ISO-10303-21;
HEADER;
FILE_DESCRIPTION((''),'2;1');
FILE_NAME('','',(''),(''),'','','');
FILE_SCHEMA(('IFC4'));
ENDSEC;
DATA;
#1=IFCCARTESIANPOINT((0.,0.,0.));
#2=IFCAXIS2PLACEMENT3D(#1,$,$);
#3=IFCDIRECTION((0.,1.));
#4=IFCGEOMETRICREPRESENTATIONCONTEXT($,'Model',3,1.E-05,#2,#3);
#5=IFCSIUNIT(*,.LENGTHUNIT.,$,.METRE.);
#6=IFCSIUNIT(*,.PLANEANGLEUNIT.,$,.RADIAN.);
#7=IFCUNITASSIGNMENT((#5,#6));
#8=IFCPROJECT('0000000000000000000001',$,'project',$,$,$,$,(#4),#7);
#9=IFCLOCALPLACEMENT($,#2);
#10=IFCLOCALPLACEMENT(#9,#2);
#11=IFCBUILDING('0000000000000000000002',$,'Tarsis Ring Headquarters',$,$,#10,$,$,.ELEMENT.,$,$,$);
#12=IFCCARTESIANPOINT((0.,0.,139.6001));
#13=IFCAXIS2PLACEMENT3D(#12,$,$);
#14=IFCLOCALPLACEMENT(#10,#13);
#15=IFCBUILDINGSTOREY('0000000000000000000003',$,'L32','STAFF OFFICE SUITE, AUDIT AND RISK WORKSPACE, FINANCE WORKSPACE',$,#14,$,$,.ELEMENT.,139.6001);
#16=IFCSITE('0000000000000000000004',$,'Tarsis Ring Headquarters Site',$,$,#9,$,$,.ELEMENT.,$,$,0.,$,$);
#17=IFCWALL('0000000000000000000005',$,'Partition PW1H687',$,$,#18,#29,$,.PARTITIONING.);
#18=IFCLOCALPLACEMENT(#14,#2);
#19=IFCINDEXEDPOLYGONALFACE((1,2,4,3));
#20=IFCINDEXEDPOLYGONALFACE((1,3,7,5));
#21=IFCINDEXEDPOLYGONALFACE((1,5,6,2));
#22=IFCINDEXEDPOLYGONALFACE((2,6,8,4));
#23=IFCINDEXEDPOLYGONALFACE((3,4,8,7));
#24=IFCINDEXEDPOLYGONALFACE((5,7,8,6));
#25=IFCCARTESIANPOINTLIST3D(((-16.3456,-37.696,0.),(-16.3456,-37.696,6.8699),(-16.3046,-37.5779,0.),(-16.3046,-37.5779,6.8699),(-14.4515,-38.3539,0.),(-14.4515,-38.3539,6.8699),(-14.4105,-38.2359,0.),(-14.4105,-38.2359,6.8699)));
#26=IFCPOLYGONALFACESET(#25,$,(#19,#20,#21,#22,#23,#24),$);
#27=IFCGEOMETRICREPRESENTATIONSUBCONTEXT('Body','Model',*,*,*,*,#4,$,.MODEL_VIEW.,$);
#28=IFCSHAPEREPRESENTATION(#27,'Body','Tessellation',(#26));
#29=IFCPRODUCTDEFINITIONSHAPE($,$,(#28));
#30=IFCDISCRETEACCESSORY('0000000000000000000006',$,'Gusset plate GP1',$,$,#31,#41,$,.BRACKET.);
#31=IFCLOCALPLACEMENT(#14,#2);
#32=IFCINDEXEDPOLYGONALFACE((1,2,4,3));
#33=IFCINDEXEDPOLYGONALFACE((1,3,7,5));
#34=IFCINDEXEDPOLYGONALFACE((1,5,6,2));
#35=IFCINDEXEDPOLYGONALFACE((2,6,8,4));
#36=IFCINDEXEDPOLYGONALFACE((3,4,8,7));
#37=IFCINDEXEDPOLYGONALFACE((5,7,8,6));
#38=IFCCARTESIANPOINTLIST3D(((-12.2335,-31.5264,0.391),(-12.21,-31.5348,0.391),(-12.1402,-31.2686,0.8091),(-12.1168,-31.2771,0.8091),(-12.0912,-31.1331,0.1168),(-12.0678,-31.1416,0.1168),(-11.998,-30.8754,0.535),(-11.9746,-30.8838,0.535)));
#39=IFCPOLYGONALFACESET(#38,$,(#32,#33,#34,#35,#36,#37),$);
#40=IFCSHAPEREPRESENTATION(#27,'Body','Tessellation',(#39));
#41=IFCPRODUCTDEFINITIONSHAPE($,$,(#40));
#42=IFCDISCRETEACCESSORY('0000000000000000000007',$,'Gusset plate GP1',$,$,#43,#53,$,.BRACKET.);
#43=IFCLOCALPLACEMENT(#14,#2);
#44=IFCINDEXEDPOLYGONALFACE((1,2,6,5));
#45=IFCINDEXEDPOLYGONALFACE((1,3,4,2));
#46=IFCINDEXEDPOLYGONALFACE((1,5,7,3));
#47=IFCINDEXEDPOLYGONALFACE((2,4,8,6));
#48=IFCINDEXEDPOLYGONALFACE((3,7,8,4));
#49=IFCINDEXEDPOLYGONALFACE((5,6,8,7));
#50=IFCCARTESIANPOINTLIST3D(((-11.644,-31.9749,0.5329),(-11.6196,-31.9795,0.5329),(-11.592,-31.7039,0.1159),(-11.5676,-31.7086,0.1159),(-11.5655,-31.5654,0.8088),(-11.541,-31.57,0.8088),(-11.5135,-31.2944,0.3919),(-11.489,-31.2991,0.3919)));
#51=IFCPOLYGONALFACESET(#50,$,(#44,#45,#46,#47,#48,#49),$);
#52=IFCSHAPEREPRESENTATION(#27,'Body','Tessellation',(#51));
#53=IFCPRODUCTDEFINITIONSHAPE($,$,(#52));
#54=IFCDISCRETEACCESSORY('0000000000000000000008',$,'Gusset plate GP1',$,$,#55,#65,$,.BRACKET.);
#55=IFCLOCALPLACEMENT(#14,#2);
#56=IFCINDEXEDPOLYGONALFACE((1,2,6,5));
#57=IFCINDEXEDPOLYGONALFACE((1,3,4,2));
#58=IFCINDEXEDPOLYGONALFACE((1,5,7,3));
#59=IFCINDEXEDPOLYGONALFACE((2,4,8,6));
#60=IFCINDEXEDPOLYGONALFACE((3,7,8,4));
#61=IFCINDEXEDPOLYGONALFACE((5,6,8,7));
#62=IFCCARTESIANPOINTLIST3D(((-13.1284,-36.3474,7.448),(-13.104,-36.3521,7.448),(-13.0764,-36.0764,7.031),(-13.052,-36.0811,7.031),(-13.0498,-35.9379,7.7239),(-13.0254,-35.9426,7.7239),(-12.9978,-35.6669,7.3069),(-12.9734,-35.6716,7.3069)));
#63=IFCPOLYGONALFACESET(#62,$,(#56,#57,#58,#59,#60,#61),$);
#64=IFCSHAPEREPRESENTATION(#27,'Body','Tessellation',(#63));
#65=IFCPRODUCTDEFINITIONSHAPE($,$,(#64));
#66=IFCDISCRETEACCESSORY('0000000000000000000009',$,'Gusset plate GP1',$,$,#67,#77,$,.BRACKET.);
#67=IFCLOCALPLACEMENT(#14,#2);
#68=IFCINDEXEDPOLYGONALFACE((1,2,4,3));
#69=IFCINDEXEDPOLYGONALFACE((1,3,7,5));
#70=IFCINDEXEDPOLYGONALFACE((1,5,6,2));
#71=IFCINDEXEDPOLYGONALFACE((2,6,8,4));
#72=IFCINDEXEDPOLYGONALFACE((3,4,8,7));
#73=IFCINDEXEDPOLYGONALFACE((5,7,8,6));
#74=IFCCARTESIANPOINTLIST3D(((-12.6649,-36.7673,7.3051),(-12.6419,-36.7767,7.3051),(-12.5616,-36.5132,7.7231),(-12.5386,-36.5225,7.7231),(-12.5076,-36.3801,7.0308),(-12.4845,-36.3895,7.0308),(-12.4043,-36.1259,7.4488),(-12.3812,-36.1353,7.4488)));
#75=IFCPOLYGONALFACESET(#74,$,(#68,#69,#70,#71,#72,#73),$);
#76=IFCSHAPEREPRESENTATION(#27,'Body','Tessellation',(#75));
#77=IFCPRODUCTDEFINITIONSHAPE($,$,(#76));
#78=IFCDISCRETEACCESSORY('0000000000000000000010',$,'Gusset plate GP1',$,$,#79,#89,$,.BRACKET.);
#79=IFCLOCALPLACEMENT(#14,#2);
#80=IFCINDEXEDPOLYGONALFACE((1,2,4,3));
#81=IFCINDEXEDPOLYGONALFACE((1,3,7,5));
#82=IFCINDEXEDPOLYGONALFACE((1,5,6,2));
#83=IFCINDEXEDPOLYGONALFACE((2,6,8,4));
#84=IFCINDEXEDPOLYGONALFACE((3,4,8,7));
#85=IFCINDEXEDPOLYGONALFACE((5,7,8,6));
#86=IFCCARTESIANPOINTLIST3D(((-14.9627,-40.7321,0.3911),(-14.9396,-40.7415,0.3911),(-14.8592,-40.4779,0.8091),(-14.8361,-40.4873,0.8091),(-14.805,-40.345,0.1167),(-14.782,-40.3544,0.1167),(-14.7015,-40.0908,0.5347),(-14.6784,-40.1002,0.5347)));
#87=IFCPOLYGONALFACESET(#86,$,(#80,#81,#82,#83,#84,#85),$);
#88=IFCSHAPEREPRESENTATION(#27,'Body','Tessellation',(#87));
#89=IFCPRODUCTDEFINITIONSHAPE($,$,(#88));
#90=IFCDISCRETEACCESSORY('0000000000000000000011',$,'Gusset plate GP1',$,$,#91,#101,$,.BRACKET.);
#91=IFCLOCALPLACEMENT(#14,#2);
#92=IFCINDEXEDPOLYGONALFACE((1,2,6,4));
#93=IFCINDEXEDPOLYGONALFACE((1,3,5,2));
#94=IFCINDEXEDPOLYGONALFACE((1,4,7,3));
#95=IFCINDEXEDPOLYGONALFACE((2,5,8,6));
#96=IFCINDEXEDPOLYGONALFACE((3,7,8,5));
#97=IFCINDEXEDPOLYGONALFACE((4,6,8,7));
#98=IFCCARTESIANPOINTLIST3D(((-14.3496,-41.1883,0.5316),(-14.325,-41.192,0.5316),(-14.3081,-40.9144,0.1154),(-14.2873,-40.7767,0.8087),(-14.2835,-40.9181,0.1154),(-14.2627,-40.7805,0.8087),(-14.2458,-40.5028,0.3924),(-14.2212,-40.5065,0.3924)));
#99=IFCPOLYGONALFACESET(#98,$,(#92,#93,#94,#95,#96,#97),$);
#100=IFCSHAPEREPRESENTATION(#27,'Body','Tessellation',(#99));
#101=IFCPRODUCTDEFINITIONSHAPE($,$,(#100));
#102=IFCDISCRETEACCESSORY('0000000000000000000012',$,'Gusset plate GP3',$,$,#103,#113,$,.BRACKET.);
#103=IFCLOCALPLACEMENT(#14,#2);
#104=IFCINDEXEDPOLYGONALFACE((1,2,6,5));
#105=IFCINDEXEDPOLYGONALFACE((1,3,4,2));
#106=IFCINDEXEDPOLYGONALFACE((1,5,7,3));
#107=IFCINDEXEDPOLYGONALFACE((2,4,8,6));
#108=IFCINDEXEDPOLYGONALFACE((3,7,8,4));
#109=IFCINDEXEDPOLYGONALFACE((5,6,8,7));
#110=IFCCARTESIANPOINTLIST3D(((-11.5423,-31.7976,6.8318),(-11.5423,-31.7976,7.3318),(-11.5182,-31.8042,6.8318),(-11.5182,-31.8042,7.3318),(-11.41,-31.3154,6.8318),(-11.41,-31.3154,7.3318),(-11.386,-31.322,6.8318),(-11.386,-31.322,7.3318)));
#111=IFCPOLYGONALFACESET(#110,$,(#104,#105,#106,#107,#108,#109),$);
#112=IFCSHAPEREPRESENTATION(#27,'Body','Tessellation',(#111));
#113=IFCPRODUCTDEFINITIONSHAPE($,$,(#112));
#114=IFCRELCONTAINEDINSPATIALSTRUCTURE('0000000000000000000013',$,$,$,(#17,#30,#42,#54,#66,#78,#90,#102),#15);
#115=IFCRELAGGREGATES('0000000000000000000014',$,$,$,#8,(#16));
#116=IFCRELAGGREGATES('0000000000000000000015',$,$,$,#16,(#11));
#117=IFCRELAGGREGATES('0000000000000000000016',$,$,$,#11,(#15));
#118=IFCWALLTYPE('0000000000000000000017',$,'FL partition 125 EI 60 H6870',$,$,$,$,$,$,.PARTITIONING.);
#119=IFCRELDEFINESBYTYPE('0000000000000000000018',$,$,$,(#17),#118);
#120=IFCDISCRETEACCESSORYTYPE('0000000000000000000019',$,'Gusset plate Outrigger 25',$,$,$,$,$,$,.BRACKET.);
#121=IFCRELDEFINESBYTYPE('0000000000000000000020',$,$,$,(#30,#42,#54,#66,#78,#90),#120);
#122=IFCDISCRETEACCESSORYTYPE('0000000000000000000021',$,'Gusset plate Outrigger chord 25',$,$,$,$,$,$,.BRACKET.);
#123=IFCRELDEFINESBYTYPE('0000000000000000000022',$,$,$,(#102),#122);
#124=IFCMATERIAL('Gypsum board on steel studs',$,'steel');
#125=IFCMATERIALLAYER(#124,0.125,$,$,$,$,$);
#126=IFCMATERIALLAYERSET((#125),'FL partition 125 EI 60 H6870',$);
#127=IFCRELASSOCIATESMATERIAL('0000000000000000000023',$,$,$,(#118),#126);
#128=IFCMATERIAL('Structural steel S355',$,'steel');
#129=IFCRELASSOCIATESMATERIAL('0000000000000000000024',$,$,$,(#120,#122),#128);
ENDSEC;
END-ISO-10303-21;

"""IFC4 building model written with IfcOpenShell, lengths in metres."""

from ifc_helpers import new_model, si_unit, direction, frame, frame_2d, origin, origin_2d, place, context, subcontext, project, spatial, rectangle, extrude, material, layer, layer_set, material_profile, profile_set, type_object, element, save


model = new_model("IFC4")

# Units and contexts
model_context = context("Model", 3, precision=1e-05, world=origin(), true_north=direction((0.0, 1.0)))
body_context = subcontext(model_context, "Body", "Model", "MODEL_VIEW")
ifc_project = project(units=[si_unit("LENGTHUNIT", "METRE"), si_unit("PLANEANGLEUNIT", "RADIAN")], contexts=[model_context])

# Site, building, storey
site_placement = place(None, origin())
site = spatial("IfcSite", under=ifc_project, at=site_placement, Name="Tarsis Ring Headquarters Site", CompositionType="ELEMENT", RefElevation=0.0)
building_placement = place(site_placement, origin())
building = spatial("IfcBuilding", under=site, at=building_placement, Name="Tarsis Ring Headquarters", CompositionType="ELEMENT")
storey_placement = place(building_placement, frame((0.0, 0.0, 139.6001)))
storey = spatial("IfcBuildingStorey", under=building, at=storey_placement, Name="L32", Description="STAFF OFFICE SUITE, AUDIT AND RISK WORKSPACE, FINANCE WORKSPACE", CompositionType="ELEMENT", Elevation=139.6001)

# Shared definitions
ifc_material_1 = material(Name="Structural steel S355", Category="steel")

# Shared definitions
ifc_material_2 = material(Name="Gypsum board on steel studs", Category="steel")

# Shared definitions
ifc_layer_1 = layer(ifc_material_2, 0.125)
ifc_layer_set_1 = layer_set([ifc_layer_1], Name="FL partition 125 EI 60 H6870")
wall_type_1 = type_object("IfcWallType", Name="FL partition 125 EI 60 H6870", PredefinedType="PARTITIONING", material=ifc_layer_set_1)

# Wall
wall_1_placement = place(storey_placement, frame((-16.325, -37.637, 0.0), z_axis=(0.0, 0.0, 1.0), x_axis=(0.944626, -0.328148, 0.0)))
element("IfcWall", 1, at=wall_1_placement, inside=storey, type_object=wall_type_1, Name="Partition PW1H687", PredefinedType="PARTITIONING", context=body_context, shape_type="SweptSolid", body=[
    extrude(rectangle(XDim=2.0051, YDim=0.125, at=frame_2d((1.0024, 0.0))), origin(), (0.0, 0.0, 1.0), 6.8699),
])

# Discrete accessories
ifc_material_profile_1 = material_profile(ifc_material_1, rectangle(XDim=0.0249, YDim=0.5, at=origin_2d()), Name="PL 25x500")
ifc_profile_set_1 = profile_set([ifc_material_profile_1], Name="Structural steel S355")
discrete_accessory_type_1 = type_object("IfcDiscreteAccessoryType", Name="Gusset plate Outrigger 25", PredefinedType="BRACKET", material=ifc_profile_set_1)
for number, where, z_axis, x_axis, name in (
    (2, (-12.1506, -31.334, 0.2539), (0.186498, 0.515556, 0.836314), (-0.940364, 0.34017, 0.0), "Gusset plate GP1"),
    (3, (-11.5405, -31.5015, 0.2539), (-0.103999, -0.541964, 0.833942), (0.982082, -0.188454, 0.0), "Gusset plate GP1"),
    (4, (-13.0769, -36.145, 7.5859), (0.103999, 0.541964, -0.833942), (-0.982082, 0.188454, 0.0), "Gusset plate GP1"),
    (5, (-12.4714, -36.3242, 7.5859), (-0.206561, -0.508346, -0.836012), (0.926437, -0.376449, 0.0), "Gusset plate GP1"),
    (6, (-14.8723, -40.5432, 0.2539), (0.207029, 0.508295, 0.835928), (-0.926127, 0.377212, 0.0), "Gusset plate GP1"),
    (7, (-14.2646, -40.7104, 0.2539), (-0.083003, -0.547819, 0.832469), (0.988716, -0.149805, 0.0), "Gusset plate GP1"),
):
    element("IfcDiscreteAccessory", number, at=place(storey_placement, frame(where, z_axis=z_axis, x_axis=x_axis)), inside=storey, type_object=discrete_accessory_type_1, Name=name, PredefinedType="BRACKET", context=body_context, shape_type="SweptSolid", body=[
        extrude(rectangle(XDim=0.0249, YDim=0.5, at=origin_2d()), origin(), (0.0, 0.0, 1.0), 0.5),
    ])
discrete_accessory_type_2 = type_object("IfcDiscreteAccessoryType", Name="Gusset plate Outrigger chord 25", PredefinedType="BRACKET", material=ifc_profile_set_1)
discrete_accessory_placement = place(storey_placement, frame((-11.4641, -31.5598, 7.3318), z_axis=(0.0, 0.0, -1.0), x_axis=(0.964375, -0.264538, 0.0)))
element("IfcDiscreteAccessory", 8, at=discrete_accessory_placement, inside=storey, type_object=discrete_accessory_type_2, Name="Gusset plate GP3", PredefinedType="BRACKET", context=body_context, shape_type="SweptSolid", body=[
    extrude(rectangle(XDim=0.0249, YDim=0.5, at=origin_2d()), origin(), (0.0, 0.0, 1.0), 0.5),
])

save(model, "model.ifc")
